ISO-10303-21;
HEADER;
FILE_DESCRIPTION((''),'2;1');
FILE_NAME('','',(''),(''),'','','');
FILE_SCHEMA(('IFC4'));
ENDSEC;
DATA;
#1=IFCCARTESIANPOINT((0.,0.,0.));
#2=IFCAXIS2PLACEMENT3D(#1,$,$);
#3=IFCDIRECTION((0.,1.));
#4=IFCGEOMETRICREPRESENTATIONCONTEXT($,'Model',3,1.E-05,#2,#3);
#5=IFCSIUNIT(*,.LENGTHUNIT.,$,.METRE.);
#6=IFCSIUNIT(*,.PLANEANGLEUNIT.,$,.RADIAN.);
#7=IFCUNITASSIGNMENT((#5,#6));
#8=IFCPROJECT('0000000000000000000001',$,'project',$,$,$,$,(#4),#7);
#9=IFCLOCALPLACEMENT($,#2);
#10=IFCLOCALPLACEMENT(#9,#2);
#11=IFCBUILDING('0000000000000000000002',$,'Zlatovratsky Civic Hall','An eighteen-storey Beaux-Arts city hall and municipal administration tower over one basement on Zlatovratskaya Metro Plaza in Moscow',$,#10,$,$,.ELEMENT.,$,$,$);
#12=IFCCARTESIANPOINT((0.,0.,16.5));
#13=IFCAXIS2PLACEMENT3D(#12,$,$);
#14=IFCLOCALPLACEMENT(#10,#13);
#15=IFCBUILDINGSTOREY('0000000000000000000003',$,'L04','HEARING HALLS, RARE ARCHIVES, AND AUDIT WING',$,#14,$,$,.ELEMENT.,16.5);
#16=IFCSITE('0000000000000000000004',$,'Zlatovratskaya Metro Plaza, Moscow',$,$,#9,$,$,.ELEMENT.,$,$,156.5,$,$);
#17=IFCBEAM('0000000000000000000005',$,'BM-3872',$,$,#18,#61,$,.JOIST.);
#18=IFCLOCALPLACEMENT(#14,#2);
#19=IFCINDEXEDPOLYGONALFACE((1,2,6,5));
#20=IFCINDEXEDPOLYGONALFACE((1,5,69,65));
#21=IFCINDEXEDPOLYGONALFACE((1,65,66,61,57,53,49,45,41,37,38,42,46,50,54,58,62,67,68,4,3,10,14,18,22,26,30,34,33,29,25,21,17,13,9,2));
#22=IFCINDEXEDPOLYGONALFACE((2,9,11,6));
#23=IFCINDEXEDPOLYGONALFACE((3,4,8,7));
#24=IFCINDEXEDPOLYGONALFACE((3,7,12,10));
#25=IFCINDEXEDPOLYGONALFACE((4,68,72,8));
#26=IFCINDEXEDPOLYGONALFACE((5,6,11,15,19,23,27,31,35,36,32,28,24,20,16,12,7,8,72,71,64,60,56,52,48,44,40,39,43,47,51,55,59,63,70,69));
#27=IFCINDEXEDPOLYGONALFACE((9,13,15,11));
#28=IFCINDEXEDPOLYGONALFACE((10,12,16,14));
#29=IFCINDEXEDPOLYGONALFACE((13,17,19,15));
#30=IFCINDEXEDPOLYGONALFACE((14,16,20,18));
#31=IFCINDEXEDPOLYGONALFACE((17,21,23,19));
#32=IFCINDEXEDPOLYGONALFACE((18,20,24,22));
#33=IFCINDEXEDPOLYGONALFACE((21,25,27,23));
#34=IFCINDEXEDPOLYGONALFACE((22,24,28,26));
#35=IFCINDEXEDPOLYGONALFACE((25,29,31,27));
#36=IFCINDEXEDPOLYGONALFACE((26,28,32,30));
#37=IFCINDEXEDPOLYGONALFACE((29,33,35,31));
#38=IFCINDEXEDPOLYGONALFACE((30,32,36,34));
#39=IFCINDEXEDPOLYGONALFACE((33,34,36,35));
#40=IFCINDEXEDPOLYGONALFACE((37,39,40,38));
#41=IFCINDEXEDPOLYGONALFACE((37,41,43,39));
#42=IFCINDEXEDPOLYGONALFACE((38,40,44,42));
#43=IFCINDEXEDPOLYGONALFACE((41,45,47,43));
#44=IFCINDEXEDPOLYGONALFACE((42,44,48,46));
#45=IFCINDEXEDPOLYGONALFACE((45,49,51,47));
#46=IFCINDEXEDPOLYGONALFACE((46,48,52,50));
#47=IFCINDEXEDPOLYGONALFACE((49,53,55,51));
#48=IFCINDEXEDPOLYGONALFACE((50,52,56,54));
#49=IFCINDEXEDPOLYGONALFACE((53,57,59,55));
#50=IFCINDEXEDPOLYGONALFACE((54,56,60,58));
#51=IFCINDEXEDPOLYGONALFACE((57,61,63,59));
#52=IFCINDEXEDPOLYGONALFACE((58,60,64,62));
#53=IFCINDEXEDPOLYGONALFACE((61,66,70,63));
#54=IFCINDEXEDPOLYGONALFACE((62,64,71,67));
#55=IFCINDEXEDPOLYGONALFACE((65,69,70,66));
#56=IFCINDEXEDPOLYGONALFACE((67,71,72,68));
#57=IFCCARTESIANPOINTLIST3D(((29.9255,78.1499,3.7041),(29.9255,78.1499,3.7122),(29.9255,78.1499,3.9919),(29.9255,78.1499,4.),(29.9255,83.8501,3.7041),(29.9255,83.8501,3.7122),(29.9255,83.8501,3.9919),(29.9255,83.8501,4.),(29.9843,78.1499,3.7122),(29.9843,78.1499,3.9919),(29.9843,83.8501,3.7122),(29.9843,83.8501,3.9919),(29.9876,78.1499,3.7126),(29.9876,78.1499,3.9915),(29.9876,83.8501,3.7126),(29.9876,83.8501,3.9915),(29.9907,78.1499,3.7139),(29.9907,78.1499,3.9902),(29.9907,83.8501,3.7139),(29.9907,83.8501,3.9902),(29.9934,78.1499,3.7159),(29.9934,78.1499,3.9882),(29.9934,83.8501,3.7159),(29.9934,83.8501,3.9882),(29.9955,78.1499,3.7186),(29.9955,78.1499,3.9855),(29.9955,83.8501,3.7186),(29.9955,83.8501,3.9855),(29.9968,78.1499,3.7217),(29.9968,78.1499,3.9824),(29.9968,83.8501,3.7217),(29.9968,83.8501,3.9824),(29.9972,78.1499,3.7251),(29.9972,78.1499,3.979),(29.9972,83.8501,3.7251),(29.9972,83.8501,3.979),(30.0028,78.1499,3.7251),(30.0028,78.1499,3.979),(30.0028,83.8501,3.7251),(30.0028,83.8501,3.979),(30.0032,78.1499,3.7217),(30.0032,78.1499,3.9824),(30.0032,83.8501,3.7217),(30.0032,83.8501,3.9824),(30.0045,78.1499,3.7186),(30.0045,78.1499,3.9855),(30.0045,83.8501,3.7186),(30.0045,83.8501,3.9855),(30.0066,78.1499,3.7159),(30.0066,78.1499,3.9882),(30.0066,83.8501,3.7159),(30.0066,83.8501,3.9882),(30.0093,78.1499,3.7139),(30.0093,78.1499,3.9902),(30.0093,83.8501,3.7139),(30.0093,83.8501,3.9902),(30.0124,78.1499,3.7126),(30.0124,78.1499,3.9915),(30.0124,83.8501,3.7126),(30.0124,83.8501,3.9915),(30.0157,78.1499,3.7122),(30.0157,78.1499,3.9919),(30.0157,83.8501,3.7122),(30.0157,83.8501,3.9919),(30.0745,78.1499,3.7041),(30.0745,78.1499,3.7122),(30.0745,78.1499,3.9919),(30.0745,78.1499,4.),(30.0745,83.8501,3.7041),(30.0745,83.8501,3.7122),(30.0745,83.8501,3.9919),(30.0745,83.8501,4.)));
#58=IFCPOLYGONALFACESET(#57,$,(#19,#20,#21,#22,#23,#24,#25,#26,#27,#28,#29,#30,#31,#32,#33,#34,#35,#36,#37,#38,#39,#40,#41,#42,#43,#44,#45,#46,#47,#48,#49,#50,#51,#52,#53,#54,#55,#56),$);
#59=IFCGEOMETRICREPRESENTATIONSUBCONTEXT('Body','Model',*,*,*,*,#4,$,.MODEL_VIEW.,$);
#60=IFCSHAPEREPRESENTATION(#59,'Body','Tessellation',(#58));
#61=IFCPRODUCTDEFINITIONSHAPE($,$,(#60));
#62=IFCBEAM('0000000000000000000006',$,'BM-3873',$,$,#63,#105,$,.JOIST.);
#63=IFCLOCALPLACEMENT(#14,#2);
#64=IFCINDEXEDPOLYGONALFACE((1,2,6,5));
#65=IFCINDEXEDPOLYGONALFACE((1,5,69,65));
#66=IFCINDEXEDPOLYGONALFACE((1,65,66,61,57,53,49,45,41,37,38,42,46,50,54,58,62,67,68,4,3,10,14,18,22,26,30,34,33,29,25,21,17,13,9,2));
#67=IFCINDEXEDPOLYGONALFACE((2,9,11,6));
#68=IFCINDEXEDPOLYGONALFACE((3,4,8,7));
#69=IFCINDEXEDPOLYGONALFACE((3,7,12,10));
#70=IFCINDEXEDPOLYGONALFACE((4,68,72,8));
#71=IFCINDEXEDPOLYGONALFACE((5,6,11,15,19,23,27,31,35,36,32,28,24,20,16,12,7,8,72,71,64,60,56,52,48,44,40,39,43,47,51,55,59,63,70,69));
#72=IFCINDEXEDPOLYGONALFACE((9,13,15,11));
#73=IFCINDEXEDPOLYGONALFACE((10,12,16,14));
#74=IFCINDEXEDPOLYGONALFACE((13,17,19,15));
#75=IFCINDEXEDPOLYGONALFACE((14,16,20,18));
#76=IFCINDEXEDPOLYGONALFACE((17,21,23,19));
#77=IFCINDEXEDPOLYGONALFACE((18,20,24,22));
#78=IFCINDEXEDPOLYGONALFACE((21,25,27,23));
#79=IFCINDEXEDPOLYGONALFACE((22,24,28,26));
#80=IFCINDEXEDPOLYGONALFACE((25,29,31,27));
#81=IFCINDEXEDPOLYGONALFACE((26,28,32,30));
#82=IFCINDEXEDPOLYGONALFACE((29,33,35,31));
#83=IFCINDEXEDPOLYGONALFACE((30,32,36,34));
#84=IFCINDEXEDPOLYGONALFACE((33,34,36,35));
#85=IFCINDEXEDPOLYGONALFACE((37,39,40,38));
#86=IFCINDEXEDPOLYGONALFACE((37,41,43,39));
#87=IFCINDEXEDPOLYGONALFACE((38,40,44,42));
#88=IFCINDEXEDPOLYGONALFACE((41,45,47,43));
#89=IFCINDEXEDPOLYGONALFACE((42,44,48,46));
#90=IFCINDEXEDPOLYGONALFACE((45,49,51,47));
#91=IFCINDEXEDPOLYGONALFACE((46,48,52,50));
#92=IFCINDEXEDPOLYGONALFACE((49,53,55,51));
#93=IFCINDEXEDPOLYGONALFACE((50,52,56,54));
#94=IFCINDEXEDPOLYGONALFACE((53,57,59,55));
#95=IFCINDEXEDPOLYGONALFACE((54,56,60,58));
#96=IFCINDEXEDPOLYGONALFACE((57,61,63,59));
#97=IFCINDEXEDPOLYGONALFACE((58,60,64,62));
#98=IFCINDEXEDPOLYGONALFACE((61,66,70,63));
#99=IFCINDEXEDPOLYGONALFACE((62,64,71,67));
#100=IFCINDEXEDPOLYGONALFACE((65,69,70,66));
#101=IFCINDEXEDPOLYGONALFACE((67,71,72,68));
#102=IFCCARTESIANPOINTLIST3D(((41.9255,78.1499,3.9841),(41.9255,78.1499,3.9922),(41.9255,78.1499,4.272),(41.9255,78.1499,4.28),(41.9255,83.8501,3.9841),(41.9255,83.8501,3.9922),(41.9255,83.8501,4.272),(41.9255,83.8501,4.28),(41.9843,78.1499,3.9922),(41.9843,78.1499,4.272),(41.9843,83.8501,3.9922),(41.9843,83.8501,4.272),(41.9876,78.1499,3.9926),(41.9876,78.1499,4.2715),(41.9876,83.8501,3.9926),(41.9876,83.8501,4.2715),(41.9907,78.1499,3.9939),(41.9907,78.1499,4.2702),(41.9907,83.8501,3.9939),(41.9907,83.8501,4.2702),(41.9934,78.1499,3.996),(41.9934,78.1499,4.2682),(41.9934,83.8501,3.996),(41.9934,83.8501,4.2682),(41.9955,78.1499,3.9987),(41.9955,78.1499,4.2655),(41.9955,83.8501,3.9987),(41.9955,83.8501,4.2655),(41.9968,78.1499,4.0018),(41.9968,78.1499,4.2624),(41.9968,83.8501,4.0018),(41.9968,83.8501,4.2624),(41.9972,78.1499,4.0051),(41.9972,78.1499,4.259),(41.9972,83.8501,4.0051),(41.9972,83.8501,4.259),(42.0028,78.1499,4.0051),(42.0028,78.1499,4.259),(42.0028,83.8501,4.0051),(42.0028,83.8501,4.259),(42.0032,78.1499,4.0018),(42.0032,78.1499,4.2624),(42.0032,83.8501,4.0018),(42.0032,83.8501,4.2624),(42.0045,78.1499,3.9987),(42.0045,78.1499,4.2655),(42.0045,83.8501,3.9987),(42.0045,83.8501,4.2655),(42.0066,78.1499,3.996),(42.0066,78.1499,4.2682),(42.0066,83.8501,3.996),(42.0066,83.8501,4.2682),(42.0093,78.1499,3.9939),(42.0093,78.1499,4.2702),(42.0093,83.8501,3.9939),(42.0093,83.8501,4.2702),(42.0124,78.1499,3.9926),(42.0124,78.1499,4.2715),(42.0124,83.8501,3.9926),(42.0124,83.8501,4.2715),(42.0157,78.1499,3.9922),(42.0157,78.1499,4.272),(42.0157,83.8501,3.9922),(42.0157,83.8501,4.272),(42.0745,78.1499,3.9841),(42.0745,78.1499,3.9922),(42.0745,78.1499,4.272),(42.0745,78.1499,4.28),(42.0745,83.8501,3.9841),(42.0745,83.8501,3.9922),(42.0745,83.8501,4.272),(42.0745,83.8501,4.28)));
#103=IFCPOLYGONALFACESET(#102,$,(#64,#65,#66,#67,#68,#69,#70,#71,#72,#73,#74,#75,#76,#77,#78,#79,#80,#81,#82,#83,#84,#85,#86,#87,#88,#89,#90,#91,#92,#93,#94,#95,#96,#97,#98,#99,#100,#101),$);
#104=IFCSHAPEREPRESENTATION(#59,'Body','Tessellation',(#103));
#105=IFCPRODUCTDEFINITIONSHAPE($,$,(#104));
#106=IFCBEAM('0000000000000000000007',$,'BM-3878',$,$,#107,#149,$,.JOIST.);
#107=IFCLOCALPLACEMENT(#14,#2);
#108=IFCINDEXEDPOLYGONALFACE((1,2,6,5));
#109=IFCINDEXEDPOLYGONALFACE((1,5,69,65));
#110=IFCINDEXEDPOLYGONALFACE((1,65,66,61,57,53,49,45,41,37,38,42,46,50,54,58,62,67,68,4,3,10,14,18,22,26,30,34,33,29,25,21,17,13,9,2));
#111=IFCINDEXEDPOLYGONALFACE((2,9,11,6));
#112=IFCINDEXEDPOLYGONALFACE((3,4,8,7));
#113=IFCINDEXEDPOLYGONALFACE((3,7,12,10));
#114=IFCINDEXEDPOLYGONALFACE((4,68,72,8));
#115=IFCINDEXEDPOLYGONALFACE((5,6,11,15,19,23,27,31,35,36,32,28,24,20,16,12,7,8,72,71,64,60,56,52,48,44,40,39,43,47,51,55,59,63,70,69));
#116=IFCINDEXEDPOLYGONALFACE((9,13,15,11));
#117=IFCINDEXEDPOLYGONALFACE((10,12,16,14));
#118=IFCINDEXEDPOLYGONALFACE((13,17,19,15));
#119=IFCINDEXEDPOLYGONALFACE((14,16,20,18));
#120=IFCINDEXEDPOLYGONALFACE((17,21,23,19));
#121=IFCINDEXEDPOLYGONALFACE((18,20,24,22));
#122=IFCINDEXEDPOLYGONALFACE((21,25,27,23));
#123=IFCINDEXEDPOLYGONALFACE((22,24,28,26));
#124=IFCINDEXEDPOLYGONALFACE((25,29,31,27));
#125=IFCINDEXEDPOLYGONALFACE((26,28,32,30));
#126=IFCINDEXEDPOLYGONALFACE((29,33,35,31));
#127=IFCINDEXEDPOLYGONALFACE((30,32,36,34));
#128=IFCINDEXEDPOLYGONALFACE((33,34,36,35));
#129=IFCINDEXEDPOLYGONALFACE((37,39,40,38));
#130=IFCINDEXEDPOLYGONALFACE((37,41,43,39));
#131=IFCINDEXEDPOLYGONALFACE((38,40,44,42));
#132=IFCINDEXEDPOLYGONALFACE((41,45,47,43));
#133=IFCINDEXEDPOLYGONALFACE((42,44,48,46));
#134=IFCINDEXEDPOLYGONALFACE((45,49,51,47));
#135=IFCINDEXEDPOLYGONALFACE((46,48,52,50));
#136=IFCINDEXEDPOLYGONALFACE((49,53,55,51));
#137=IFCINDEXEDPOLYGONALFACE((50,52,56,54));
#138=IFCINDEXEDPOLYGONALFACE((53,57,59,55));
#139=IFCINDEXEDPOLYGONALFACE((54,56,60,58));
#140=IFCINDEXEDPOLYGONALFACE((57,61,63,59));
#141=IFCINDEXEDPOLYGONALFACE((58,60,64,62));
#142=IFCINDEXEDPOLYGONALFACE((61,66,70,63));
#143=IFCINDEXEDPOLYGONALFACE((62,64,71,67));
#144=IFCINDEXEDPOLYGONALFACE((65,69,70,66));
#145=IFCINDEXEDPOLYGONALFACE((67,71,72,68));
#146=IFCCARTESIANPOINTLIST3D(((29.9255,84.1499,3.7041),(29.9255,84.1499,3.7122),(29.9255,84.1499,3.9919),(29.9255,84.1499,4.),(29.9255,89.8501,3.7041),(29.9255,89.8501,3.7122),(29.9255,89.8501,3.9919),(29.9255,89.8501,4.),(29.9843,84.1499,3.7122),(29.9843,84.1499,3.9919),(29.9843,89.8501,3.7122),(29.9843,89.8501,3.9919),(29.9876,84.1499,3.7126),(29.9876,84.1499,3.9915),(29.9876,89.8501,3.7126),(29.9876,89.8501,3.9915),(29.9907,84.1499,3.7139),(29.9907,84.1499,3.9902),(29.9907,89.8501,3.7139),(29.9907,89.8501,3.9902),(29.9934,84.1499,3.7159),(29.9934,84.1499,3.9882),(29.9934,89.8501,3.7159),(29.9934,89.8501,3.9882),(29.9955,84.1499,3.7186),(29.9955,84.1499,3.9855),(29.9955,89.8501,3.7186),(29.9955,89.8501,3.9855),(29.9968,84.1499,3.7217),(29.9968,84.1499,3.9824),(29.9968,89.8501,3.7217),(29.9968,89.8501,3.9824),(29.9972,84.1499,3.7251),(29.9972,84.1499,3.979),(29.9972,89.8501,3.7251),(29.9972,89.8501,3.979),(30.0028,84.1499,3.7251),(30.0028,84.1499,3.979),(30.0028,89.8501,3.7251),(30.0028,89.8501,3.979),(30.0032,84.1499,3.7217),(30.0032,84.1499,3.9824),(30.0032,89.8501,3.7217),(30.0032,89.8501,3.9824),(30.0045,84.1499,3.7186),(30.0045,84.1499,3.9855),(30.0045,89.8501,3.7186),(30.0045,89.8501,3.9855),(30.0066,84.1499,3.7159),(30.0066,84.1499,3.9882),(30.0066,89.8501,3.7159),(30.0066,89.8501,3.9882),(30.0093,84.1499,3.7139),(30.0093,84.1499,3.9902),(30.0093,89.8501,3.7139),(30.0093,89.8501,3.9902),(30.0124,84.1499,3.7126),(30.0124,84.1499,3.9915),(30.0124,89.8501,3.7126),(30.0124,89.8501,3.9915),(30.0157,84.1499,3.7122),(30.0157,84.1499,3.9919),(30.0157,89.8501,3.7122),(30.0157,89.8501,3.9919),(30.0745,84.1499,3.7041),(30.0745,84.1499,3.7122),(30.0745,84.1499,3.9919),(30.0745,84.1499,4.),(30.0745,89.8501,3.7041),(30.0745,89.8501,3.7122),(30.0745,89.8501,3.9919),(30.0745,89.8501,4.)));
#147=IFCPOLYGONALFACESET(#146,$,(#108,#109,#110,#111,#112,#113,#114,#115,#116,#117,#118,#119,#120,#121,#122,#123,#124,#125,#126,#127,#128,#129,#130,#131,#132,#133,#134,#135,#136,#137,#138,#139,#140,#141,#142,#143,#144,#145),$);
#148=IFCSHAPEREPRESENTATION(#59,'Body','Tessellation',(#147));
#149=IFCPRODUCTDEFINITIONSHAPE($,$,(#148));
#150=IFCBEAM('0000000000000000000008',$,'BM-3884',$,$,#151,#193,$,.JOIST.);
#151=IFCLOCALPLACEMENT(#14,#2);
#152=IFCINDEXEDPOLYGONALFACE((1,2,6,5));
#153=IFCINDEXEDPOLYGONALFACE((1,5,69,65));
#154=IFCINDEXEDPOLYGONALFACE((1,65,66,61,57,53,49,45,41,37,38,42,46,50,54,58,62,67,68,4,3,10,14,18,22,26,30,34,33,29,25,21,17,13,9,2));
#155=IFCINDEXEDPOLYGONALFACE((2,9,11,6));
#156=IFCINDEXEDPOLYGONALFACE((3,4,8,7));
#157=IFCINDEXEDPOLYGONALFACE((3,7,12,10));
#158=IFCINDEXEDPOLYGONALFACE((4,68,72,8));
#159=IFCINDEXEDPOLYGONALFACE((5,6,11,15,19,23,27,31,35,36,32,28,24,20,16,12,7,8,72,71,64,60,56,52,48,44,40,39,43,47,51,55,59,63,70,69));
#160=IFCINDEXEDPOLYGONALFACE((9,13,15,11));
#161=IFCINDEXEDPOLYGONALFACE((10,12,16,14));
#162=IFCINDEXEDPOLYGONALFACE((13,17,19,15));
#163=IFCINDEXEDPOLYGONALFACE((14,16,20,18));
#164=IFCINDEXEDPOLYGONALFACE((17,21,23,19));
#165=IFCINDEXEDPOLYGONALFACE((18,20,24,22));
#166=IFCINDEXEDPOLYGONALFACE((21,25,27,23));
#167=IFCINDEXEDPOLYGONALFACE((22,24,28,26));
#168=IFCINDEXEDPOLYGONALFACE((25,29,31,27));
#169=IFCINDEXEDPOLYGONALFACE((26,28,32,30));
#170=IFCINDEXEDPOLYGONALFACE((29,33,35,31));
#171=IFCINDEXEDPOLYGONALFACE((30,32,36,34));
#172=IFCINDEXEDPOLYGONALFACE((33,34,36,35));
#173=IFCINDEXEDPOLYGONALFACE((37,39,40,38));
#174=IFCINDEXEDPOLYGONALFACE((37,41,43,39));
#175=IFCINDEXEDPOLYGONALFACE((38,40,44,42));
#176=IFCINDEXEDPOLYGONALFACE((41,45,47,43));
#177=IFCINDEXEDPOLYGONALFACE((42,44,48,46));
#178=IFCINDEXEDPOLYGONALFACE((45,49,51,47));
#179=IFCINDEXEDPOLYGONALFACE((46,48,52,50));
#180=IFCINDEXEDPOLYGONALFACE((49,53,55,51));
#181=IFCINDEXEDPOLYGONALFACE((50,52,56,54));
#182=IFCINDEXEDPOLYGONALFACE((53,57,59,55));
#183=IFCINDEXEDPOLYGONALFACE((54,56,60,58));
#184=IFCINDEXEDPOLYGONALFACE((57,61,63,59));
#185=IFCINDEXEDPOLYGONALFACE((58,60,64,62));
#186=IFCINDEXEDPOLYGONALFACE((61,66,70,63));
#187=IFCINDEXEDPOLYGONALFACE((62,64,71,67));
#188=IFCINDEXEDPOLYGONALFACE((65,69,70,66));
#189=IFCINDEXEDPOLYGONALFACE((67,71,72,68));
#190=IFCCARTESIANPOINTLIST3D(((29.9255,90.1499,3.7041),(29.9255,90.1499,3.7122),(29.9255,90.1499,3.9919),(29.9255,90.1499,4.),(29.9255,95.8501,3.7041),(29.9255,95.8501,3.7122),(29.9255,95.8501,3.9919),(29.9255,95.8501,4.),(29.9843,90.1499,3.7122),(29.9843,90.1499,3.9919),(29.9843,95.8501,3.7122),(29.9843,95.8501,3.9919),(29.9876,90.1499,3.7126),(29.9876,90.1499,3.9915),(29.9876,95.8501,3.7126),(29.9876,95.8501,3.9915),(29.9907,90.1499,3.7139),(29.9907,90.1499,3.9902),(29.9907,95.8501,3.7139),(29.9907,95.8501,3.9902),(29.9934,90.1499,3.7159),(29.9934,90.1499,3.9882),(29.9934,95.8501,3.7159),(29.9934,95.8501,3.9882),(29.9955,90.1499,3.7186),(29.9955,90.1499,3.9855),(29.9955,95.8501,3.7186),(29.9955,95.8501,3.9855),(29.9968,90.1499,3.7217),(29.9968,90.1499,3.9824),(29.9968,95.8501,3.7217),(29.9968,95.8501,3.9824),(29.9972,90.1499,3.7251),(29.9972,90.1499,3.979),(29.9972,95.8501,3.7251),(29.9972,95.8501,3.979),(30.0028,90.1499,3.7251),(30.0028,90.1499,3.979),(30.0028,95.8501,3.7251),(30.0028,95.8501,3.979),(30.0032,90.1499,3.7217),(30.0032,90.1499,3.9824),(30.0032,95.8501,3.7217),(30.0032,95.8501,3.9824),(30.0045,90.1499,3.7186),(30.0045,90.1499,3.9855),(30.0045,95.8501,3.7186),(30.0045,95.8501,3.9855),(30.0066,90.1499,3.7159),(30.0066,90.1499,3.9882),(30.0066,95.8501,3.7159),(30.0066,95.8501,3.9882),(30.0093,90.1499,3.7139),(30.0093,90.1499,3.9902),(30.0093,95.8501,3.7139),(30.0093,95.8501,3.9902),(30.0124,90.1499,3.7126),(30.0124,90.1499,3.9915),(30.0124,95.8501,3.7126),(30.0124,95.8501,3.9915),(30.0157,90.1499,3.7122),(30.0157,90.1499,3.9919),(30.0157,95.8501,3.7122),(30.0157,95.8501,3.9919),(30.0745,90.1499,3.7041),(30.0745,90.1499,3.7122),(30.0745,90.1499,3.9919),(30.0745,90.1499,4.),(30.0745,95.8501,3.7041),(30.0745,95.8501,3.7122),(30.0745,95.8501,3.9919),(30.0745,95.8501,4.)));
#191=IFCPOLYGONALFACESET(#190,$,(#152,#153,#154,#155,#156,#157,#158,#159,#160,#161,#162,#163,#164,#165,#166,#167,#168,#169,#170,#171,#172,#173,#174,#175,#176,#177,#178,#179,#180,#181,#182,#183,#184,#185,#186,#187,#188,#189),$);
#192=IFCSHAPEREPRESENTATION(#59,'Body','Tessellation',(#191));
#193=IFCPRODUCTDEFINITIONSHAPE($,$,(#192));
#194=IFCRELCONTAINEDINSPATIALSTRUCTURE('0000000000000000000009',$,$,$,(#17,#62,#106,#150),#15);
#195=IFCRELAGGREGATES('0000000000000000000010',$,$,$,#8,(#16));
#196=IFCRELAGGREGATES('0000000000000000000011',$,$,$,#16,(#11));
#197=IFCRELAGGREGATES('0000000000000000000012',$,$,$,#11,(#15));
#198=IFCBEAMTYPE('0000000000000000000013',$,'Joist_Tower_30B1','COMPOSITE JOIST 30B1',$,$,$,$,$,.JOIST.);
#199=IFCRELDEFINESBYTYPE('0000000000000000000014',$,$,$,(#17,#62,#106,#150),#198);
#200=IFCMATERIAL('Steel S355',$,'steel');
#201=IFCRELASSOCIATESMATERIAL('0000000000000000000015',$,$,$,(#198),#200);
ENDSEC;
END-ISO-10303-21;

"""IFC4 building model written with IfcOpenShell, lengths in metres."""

from ifc_helpers import new_model, si_unit, direction, frame, origin, origin_2d, place, context, subcontext, project, spatial, i_section, extrude, material, material_profile, profile_set, type_object, element, save


model = new_model("IFC4")

# Units and contexts
model_context = context("Model", 3, precision=1e-05, world=origin(), true_north=direction((0.0, 1.0)))
body_context = subcontext(model_context, "Body", "Model", "MODEL_VIEW")
ifc_project = project(units=[si_unit("LENGTHUNIT", "METRE"), si_unit("PLANEANGLEUNIT", "RADIAN")], contexts=[model_context])

# Site, building, storey
site_placement = place(None, origin())
site = spatial("IfcSite", under=ifc_project, at=site_placement, Name="Zlatovratskaya Metro Plaza, Moscow", CompositionType="ELEMENT", RefElevation=156.5)
building_placement = place(site_placement, origin())
building = spatial("IfcBuilding", under=site, at=building_placement, Name="Zlatovratsky Civic Hall", Description="An eighteen-storey Beaux-Arts city hall and municipal administration tower over one basement on Zlatovratskaya Metro Plaza in Moscow", CompositionType="ELEMENT")
storey_placement = place(building_placement, frame((0.0, 0.0, 16.5)))
storey = spatial("IfcBuildingStorey", under=building, at=storey_placement, Name="L04", Description="HEARING HALLS, RARE ARCHIVES, AND AUDIT WING", CompositionType="ELEMENT", Elevation=16.5)

# Shared definitions
ifc_material_1 = material(Name="Steel S355", Category="steel")

# Beams
ifc_material_profile_1 = material_profile(ifc_material_1, i_section(OverallWidth=0.1489, OverallDepth=0.2959, WebThickness=0.0056, FlangeThickness=0.0081, FilletRadius=0.0129, at=origin_2d()), Name="30B1")
ifc_profile_set_1 = profile_set([ifc_material_profile_1], Name="Steel S355")
beam_type_1 = type_object("IfcBeamType", Name="Joist_Tower_30B1", Description="COMPOSITE JOIST 30B1", PredefinedType="JOIST", material=ifc_profile_set_1)
for number, where, z_axis, x_axis, name in (
    (1, (30.0, 78.1499, 3.8521), (0.0, 1.0, 0.0), (-1.0, 0.0, 0.0), "BM-3872"),
    (2, (42.0, 78.1499, 4.1321), (0.0, 1.0, 0.0), (-1.0, 0.0, 0.0), "BM-3873"),
    (3, (30.0, 84.1499, 3.8521), (0.0, 1.0, 0.0), (-1.0, 0.0, 0.0), "BM-3878"),
    (4, (30.0, 90.1499, 3.8521), (0.0, 1.0, 0.0), (-1.0, 0.0, 0.0), "BM-3884"),
):
    element("IfcBeam", number, at=place(storey_placement, frame(where, z_axis=z_axis, x_axis=x_axis)), inside=storey, type_object=beam_type_1, Name=name, PredefinedType="JOIST", context=body_context, shape_type="SweptSolid", body=[
        extrude(i_section(OverallWidth=0.1489, OverallDepth=0.2959, WebThickness=0.0056, FlangeThickness=0.0081, FilletRadius=0.0129, at=origin_2d()), origin(), (0.0, 0.0, 1.0), 5.7002),
    ])

save(model, "model.ifc")
